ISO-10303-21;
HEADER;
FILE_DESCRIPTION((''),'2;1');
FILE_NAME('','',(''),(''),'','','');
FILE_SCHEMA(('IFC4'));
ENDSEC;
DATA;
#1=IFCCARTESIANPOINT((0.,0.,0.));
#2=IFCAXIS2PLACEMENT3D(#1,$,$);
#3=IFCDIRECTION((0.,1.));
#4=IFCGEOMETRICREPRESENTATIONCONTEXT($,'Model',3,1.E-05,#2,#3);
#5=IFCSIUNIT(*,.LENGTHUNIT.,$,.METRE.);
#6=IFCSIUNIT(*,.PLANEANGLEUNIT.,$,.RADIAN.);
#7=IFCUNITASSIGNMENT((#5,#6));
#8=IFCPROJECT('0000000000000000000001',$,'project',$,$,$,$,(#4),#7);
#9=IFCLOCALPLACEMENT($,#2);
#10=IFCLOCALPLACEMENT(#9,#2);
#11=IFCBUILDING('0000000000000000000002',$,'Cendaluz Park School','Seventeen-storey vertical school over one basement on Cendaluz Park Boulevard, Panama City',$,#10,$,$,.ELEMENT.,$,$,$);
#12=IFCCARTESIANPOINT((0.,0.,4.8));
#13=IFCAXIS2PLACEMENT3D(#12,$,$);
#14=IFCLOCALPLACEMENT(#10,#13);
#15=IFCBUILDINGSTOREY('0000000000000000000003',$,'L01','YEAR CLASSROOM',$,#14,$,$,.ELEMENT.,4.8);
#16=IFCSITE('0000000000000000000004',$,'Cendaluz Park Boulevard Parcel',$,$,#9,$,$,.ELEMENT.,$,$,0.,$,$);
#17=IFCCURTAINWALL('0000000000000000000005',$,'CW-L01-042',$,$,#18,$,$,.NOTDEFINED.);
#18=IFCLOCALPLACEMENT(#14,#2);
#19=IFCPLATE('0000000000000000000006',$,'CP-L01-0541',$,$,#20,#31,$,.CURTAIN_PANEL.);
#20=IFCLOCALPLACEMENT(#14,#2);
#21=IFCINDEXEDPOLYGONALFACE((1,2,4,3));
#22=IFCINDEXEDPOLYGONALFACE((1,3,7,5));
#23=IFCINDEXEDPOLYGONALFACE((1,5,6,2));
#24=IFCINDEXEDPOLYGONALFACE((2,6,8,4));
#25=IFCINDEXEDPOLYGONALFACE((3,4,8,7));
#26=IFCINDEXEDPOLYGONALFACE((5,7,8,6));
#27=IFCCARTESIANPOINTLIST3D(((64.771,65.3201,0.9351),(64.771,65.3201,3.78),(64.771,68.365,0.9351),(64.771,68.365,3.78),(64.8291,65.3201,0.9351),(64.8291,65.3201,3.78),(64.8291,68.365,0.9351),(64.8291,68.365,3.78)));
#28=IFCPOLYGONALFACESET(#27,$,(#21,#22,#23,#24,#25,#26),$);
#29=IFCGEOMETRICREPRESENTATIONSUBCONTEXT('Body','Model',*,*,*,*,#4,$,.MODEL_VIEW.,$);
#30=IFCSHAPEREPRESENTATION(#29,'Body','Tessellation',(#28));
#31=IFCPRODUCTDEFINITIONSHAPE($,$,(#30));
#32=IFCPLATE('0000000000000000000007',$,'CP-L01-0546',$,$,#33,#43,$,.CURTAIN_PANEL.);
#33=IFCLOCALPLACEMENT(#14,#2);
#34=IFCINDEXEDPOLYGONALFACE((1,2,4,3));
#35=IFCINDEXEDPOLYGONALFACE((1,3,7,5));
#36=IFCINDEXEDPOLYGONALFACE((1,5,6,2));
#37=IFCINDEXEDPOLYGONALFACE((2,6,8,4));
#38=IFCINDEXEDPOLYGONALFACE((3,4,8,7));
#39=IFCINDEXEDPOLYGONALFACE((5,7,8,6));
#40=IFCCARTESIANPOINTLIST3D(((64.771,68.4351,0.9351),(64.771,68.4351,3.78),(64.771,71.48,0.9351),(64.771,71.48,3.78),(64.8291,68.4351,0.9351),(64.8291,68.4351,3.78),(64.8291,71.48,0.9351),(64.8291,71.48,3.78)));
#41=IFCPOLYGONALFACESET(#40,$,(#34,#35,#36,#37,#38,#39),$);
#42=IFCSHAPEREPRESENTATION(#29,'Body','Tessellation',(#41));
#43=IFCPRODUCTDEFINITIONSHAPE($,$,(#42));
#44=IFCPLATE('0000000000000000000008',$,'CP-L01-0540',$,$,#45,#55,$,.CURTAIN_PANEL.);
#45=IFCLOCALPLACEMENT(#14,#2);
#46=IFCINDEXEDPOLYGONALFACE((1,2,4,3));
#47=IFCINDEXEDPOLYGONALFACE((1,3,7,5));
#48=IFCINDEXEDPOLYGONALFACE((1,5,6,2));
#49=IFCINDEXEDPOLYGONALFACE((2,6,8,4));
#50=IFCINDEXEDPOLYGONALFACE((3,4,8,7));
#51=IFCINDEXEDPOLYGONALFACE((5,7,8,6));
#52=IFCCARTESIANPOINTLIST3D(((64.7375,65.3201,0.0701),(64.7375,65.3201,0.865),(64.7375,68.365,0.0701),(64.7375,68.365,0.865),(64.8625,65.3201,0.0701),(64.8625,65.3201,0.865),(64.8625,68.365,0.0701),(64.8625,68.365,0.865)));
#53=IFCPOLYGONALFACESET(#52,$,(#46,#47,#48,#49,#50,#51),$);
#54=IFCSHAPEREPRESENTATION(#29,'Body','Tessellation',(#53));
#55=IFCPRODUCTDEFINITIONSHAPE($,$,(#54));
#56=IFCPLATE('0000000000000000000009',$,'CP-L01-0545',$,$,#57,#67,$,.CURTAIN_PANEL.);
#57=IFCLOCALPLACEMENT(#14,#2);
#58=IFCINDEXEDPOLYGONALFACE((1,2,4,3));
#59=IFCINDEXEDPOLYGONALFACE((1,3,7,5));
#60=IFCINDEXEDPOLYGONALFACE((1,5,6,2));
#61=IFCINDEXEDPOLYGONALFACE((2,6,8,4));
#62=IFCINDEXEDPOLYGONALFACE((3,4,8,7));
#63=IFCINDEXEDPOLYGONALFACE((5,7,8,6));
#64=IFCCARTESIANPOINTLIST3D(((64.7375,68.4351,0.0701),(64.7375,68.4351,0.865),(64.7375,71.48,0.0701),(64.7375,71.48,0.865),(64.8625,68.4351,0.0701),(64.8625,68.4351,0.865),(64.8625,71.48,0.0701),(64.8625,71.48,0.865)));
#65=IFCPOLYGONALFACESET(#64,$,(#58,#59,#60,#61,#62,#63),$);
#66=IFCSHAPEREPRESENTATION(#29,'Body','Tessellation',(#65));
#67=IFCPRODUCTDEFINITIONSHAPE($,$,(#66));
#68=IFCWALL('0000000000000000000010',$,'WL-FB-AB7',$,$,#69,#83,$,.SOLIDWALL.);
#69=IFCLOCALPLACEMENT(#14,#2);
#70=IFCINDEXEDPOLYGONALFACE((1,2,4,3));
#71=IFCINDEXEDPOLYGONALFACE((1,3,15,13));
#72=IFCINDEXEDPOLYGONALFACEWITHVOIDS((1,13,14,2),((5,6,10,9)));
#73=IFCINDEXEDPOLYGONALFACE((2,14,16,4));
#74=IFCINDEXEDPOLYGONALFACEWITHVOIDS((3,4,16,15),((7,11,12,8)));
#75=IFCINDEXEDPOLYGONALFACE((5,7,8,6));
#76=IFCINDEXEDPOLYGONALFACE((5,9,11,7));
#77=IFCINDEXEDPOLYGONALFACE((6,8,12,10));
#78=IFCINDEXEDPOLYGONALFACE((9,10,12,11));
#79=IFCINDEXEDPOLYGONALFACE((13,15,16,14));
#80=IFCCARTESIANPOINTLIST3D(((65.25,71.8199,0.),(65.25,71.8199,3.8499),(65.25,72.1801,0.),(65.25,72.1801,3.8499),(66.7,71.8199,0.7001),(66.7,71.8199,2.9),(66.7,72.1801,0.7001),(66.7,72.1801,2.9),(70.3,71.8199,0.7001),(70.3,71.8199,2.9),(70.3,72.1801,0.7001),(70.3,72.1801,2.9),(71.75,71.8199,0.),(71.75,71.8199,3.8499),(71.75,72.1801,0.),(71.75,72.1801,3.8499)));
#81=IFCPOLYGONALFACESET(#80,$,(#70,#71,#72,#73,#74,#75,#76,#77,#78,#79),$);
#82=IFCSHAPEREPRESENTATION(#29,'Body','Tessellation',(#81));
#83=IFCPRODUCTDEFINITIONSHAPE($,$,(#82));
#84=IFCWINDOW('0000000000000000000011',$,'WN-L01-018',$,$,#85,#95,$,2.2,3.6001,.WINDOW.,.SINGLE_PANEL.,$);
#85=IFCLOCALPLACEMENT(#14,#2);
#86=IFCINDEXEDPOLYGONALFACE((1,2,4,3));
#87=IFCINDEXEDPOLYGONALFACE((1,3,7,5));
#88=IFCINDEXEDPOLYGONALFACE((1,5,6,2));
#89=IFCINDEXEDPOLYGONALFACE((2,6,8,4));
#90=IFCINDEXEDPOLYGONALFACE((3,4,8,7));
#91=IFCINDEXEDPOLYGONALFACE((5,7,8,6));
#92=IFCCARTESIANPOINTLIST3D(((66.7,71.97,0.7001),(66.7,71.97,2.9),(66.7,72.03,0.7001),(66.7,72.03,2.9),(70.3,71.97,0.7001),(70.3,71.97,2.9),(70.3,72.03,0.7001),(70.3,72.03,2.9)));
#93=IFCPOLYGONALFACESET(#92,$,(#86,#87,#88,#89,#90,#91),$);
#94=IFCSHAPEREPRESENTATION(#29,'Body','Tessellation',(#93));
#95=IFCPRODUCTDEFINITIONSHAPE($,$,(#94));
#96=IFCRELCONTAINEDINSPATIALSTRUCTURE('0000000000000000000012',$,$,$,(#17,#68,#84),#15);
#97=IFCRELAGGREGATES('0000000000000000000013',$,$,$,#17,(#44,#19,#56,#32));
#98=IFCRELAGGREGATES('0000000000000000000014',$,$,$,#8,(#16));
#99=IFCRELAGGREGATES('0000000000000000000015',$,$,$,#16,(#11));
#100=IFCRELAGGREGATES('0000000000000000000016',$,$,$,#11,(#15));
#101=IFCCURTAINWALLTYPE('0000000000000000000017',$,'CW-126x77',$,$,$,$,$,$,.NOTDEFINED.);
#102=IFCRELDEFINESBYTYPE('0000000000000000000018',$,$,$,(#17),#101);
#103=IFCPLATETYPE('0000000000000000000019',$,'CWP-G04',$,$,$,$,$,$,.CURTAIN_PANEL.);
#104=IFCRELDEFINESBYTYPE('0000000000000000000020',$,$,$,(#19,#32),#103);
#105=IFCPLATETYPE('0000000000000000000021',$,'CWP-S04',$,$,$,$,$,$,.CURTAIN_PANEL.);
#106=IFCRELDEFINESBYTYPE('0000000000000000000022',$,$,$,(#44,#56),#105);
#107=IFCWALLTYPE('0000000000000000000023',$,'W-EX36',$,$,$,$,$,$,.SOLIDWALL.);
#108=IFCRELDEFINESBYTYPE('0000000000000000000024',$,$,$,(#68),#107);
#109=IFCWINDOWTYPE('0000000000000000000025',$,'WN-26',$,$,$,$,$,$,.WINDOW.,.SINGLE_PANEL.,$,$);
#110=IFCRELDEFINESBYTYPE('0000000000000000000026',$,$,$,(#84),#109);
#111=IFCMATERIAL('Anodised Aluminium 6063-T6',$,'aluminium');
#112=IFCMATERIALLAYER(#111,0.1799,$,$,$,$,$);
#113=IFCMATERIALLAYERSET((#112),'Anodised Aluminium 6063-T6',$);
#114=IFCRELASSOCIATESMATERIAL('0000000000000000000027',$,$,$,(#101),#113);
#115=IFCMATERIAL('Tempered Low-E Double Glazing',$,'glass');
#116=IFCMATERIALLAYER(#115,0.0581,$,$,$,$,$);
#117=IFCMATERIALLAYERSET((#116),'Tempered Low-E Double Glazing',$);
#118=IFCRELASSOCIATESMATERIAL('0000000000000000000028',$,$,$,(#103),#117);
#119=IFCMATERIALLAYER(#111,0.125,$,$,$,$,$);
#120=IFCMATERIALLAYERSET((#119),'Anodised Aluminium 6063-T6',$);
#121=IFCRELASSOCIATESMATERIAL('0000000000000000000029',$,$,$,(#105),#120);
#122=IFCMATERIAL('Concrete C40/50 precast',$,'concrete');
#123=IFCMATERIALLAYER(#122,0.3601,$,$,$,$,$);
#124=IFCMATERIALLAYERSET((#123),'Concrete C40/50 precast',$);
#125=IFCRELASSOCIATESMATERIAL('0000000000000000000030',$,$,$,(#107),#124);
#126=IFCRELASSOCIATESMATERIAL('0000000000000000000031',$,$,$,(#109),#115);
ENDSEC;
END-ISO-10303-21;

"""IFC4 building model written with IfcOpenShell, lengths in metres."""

from ifc_helpers import new_model, si_unit, direction, frame, frame_2d, origin, origin_2d, place, context, subcontext, project, spatial, rectangle, extrude, material, layer, layer_set, type_object, element, fill, aggregate, save


model = new_model("IFC4")

# Units and contexts
model_context = context("Model", 3, precision=1e-05, world=origin(), true_north=direction((0.0, 1.0)))
body_context = subcontext(model_context, "Body", "Model", "MODEL_VIEW")
ifc_project = project(units=[si_unit("LENGTHUNIT", "METRE"), si_unit("PLANEANGLEUNIT", "RADIAN")], contexts=[model_context])

# Site, building, storey
site_placement = place(None, origin())
site = spatial("IfcSite", under=ifc_project, at=site_placement, Name="Cendaluz Park Boulevard Parcel", CompositionType="ELEMENT", RefElevation=0.0)
building_placement = place(site_placement, origin())
building = spatial("IfcBuilding", under=site, at=building_placement, Name="Cendaluz Park School", Description="Seventeen-storey vertical school over one basement on Cendaluz Park Boulevard, Panama City", CompositionType="ELEMENT")
storey_placement = place(building_placement, frame((0.0, 0.0, 4.8)))
storey = spatial("IfcBuildingStorey", under=building, at=storey_placement, Name="L01", Description="YEAR CLASSROOM", CompositionType="ELEMENT", Elevation=4.8)

# Curtain wall
ifc_material_1 = material(Name="Anodised Aluminium 6063-T6", Category="aluminium")
ifc_layer_1 = layer(ifc_material_1, 0.1799)
ifc_layer_set_1 = layer_set([ifc_layer_1], Name="Anodised Aluminium 6063-T6")
curtain_wall_type = type_object("IfcCurtainWallType", Name="CW-126x77", PredefinedType="NOTDEFINED", material=ifc_layer_set_1)
curtain_wall_placement = place(storey_placement, origin())
curtain_wall = element("IfcCurtainWall", 1, at=curtain_wall_placement, inside=storey, type_object=curtain_wall_type, Name="CW-L01-042", PredefinedType="NOTDEFINED")

# Plates
ifc_material_2 = material(Name="Tempered Low-E Double Glazing", Category="glass")
ifc_layer_2 = layer(ifc_material_2, 0.0581)
ifc_layer_set_2 = layer_set([ifc_layer_2], Name="Tempered Low-E Double Glazing")
plate_type_1 = type_object("IfcPlateType", Name="CWP-G04", PredefinedType="CURTAIN_PANEL", material=ifc_layer_set_2)
plate_1_placement = place(storey_placement, frame((64.8, 66.8425, 0.9351), z_axis=(0.0, 0.0, 1.0), x_axis=(0.0, 1.0, 0.0)))
plate_1 = element("IfcPlate", 2, at=plate_1_placement, type_object=plate_type_1, Name="CP-L01-0541", PredefinedType="CURTAIN_PANEL", context=body_context, shape_type="SweptSolid", body=[
    extrude(rectangle(XDim=3.0449, YDim=0.0581, at=origin_2d()), origin(), (0.0, 0.0, 1.0), 2.845),
])
plate_2_placement = place(storey_placement, frame((64.8, 69.9575, 0.9351), z_axis=(0.0, 0.0, 1.0), x_axis=(0.0, 1.0, 0.0)))
plate_2 = element("IfcPlate", 3, at=plate_2_placement, type_object=plate_type_1, Name="CP-L01-0546", PredefinedType="CURTAIN_PANEL", context=body_context, shape_type="SweptSolid", body=[
    extrude(rectangle(XDim=3.0449, YDim=0.0581, at=origin_2d()), origin(), (0.0, 0.0, 1.0), 2.845),
])
ifc_layer_3 = layer(ifc_material_1, 0.125)
ifc_layer_set_3 = layer_set([ifc_layer_3], Name="Anodised Aluminium 6063-T6")
plate_type_2 = type_object("IfcPlateType", Name="CWP-S04", PredefinedType="CURTAIN_PANEL", material=ifc_layer_set_3)
plate_3_placement = place(storey_placement, frame((64.8, 66.8425, 0.0701), z_axis=(0.0, 0.0, 1.0), x_axis=(0.0, 1.0, 0.0)))
plate_3 = element("IfcPlate", 4, at=plate_3_placement, type_object=plate_type_2, Name="CP-L01-0540", PredefinedType="CURTAIN_PANEL", context=body_context, shape_type="SweptSolid", body=[
    extrude(rectangle(XDim=3.0449, YDim=0.125, at=origin_2d()), origin(), (0.0, 0.0, 1.0), 0.7949),
])
plate_4_placement = place(storey_placement, frame((64.8, 69.9575, 0.0701), z_axis=(0.0, 0.0, 1.0), x_axis=(0.0, 1.0, 0.0)))
plate_4 = element("IfcPlate", 5, at=plate_4_placement, type_object=plate_type_2, Name="CP-L01-0545", PredefinedType="CURTAIN_PANEL", context=body_context, shape_type="SweptSolid", body=[
    extrude(rectangle(XDim=3.0449, YDim=0.125, at=origin_2d()), origin(), (0.0, 0.0, 1.0), 0.7949),
])
aggregate(curtain_wall, [plate_3, plate_1, plate_4, plate_2])

# Wall, opening, window
ifc_material_3 = material(Name="Concrete C40/50 precast", Category="concrete")
ifc_layer_4 = layer(ifc_material_3, 0.3601)
ifc_layer_set_4 = layer_set([ifc_layer_4], Name="Concrete C40/50 precast")
wall_type = type_object("IfcWallType", Name="W-EX36", PredefinedType="SOLIDWALL", material=ifc_layer_set_4)
wall_placement = place(storey_placement, frame((65.25, 72.0, 0.0), z_axis=(0.0, 0.0, 1.0), x_axis=(1.0, 0.0, 0.0)))
wall = element("IfcWall", 6, at=wall_placement, inside=storey, type_object=wall_type, Name="WL-FB-AB7", PredefinedType="SOLIDWALL", context=body_context, shape_type="SweptSolid", body=[
    extrude(rectangle(XDim=6.5, YDim=0.3601, at=frame_2d((3.25, 0.0))), origin(), (0.0, 0.0, 1.0), 3.8499),
])
opening_placement = place(wall_placement, frame((1.45, 0.0, 0.7)))
opening = element("IfcOpeningElement", 7, at=opening_placement, cuts=wall, PredefinedType="OPENING", context=body_context, shape_type="SweptSolid", body=[
    extrude(rectangle(XDim=3.6001, YDim=2.2, at=frame_2d((1.8, 1.1001))), frame((0.0, 0.1921, 0.0), z_axis=(0.0, -1.0, 0.0), x_axis=(1.0, 0.0, 0.0)), (0.0, 0.0, 1.0), 0.384),
])
window_type = type_object("IfcWindowType", Name="WN-26", PartitioningType="SINGLE_PANEL", PredefinedType="WINDOW", material=ifc_material_2)
window_placement = place(opening_placement, origin())
window = element("IfcWindow", 8, at=window_placement, inside=storey, type_object=window_type, Name="WN-L01-018", OverallHeight=2.2, OverallWidth=3.6001, PartitioningType="SINGLE_PANEL", PredefinedType="WINDOW", context=body_context, shape_type="SweptSolid", body=[
    extrude(rectangle(XDim=3.6001, YDim=2.2, at=frame_2d((1.8, 1.1001))), frame((0.0, 0.03, 0.0), z_axis=(0.0, -1.0, 0.0), x_axis=(1.0, 0.0, 0.0)), (0.0, 0.0, 1.0), 0.0601),
])
fill(opening, window)

save(model, "model.ifc")
